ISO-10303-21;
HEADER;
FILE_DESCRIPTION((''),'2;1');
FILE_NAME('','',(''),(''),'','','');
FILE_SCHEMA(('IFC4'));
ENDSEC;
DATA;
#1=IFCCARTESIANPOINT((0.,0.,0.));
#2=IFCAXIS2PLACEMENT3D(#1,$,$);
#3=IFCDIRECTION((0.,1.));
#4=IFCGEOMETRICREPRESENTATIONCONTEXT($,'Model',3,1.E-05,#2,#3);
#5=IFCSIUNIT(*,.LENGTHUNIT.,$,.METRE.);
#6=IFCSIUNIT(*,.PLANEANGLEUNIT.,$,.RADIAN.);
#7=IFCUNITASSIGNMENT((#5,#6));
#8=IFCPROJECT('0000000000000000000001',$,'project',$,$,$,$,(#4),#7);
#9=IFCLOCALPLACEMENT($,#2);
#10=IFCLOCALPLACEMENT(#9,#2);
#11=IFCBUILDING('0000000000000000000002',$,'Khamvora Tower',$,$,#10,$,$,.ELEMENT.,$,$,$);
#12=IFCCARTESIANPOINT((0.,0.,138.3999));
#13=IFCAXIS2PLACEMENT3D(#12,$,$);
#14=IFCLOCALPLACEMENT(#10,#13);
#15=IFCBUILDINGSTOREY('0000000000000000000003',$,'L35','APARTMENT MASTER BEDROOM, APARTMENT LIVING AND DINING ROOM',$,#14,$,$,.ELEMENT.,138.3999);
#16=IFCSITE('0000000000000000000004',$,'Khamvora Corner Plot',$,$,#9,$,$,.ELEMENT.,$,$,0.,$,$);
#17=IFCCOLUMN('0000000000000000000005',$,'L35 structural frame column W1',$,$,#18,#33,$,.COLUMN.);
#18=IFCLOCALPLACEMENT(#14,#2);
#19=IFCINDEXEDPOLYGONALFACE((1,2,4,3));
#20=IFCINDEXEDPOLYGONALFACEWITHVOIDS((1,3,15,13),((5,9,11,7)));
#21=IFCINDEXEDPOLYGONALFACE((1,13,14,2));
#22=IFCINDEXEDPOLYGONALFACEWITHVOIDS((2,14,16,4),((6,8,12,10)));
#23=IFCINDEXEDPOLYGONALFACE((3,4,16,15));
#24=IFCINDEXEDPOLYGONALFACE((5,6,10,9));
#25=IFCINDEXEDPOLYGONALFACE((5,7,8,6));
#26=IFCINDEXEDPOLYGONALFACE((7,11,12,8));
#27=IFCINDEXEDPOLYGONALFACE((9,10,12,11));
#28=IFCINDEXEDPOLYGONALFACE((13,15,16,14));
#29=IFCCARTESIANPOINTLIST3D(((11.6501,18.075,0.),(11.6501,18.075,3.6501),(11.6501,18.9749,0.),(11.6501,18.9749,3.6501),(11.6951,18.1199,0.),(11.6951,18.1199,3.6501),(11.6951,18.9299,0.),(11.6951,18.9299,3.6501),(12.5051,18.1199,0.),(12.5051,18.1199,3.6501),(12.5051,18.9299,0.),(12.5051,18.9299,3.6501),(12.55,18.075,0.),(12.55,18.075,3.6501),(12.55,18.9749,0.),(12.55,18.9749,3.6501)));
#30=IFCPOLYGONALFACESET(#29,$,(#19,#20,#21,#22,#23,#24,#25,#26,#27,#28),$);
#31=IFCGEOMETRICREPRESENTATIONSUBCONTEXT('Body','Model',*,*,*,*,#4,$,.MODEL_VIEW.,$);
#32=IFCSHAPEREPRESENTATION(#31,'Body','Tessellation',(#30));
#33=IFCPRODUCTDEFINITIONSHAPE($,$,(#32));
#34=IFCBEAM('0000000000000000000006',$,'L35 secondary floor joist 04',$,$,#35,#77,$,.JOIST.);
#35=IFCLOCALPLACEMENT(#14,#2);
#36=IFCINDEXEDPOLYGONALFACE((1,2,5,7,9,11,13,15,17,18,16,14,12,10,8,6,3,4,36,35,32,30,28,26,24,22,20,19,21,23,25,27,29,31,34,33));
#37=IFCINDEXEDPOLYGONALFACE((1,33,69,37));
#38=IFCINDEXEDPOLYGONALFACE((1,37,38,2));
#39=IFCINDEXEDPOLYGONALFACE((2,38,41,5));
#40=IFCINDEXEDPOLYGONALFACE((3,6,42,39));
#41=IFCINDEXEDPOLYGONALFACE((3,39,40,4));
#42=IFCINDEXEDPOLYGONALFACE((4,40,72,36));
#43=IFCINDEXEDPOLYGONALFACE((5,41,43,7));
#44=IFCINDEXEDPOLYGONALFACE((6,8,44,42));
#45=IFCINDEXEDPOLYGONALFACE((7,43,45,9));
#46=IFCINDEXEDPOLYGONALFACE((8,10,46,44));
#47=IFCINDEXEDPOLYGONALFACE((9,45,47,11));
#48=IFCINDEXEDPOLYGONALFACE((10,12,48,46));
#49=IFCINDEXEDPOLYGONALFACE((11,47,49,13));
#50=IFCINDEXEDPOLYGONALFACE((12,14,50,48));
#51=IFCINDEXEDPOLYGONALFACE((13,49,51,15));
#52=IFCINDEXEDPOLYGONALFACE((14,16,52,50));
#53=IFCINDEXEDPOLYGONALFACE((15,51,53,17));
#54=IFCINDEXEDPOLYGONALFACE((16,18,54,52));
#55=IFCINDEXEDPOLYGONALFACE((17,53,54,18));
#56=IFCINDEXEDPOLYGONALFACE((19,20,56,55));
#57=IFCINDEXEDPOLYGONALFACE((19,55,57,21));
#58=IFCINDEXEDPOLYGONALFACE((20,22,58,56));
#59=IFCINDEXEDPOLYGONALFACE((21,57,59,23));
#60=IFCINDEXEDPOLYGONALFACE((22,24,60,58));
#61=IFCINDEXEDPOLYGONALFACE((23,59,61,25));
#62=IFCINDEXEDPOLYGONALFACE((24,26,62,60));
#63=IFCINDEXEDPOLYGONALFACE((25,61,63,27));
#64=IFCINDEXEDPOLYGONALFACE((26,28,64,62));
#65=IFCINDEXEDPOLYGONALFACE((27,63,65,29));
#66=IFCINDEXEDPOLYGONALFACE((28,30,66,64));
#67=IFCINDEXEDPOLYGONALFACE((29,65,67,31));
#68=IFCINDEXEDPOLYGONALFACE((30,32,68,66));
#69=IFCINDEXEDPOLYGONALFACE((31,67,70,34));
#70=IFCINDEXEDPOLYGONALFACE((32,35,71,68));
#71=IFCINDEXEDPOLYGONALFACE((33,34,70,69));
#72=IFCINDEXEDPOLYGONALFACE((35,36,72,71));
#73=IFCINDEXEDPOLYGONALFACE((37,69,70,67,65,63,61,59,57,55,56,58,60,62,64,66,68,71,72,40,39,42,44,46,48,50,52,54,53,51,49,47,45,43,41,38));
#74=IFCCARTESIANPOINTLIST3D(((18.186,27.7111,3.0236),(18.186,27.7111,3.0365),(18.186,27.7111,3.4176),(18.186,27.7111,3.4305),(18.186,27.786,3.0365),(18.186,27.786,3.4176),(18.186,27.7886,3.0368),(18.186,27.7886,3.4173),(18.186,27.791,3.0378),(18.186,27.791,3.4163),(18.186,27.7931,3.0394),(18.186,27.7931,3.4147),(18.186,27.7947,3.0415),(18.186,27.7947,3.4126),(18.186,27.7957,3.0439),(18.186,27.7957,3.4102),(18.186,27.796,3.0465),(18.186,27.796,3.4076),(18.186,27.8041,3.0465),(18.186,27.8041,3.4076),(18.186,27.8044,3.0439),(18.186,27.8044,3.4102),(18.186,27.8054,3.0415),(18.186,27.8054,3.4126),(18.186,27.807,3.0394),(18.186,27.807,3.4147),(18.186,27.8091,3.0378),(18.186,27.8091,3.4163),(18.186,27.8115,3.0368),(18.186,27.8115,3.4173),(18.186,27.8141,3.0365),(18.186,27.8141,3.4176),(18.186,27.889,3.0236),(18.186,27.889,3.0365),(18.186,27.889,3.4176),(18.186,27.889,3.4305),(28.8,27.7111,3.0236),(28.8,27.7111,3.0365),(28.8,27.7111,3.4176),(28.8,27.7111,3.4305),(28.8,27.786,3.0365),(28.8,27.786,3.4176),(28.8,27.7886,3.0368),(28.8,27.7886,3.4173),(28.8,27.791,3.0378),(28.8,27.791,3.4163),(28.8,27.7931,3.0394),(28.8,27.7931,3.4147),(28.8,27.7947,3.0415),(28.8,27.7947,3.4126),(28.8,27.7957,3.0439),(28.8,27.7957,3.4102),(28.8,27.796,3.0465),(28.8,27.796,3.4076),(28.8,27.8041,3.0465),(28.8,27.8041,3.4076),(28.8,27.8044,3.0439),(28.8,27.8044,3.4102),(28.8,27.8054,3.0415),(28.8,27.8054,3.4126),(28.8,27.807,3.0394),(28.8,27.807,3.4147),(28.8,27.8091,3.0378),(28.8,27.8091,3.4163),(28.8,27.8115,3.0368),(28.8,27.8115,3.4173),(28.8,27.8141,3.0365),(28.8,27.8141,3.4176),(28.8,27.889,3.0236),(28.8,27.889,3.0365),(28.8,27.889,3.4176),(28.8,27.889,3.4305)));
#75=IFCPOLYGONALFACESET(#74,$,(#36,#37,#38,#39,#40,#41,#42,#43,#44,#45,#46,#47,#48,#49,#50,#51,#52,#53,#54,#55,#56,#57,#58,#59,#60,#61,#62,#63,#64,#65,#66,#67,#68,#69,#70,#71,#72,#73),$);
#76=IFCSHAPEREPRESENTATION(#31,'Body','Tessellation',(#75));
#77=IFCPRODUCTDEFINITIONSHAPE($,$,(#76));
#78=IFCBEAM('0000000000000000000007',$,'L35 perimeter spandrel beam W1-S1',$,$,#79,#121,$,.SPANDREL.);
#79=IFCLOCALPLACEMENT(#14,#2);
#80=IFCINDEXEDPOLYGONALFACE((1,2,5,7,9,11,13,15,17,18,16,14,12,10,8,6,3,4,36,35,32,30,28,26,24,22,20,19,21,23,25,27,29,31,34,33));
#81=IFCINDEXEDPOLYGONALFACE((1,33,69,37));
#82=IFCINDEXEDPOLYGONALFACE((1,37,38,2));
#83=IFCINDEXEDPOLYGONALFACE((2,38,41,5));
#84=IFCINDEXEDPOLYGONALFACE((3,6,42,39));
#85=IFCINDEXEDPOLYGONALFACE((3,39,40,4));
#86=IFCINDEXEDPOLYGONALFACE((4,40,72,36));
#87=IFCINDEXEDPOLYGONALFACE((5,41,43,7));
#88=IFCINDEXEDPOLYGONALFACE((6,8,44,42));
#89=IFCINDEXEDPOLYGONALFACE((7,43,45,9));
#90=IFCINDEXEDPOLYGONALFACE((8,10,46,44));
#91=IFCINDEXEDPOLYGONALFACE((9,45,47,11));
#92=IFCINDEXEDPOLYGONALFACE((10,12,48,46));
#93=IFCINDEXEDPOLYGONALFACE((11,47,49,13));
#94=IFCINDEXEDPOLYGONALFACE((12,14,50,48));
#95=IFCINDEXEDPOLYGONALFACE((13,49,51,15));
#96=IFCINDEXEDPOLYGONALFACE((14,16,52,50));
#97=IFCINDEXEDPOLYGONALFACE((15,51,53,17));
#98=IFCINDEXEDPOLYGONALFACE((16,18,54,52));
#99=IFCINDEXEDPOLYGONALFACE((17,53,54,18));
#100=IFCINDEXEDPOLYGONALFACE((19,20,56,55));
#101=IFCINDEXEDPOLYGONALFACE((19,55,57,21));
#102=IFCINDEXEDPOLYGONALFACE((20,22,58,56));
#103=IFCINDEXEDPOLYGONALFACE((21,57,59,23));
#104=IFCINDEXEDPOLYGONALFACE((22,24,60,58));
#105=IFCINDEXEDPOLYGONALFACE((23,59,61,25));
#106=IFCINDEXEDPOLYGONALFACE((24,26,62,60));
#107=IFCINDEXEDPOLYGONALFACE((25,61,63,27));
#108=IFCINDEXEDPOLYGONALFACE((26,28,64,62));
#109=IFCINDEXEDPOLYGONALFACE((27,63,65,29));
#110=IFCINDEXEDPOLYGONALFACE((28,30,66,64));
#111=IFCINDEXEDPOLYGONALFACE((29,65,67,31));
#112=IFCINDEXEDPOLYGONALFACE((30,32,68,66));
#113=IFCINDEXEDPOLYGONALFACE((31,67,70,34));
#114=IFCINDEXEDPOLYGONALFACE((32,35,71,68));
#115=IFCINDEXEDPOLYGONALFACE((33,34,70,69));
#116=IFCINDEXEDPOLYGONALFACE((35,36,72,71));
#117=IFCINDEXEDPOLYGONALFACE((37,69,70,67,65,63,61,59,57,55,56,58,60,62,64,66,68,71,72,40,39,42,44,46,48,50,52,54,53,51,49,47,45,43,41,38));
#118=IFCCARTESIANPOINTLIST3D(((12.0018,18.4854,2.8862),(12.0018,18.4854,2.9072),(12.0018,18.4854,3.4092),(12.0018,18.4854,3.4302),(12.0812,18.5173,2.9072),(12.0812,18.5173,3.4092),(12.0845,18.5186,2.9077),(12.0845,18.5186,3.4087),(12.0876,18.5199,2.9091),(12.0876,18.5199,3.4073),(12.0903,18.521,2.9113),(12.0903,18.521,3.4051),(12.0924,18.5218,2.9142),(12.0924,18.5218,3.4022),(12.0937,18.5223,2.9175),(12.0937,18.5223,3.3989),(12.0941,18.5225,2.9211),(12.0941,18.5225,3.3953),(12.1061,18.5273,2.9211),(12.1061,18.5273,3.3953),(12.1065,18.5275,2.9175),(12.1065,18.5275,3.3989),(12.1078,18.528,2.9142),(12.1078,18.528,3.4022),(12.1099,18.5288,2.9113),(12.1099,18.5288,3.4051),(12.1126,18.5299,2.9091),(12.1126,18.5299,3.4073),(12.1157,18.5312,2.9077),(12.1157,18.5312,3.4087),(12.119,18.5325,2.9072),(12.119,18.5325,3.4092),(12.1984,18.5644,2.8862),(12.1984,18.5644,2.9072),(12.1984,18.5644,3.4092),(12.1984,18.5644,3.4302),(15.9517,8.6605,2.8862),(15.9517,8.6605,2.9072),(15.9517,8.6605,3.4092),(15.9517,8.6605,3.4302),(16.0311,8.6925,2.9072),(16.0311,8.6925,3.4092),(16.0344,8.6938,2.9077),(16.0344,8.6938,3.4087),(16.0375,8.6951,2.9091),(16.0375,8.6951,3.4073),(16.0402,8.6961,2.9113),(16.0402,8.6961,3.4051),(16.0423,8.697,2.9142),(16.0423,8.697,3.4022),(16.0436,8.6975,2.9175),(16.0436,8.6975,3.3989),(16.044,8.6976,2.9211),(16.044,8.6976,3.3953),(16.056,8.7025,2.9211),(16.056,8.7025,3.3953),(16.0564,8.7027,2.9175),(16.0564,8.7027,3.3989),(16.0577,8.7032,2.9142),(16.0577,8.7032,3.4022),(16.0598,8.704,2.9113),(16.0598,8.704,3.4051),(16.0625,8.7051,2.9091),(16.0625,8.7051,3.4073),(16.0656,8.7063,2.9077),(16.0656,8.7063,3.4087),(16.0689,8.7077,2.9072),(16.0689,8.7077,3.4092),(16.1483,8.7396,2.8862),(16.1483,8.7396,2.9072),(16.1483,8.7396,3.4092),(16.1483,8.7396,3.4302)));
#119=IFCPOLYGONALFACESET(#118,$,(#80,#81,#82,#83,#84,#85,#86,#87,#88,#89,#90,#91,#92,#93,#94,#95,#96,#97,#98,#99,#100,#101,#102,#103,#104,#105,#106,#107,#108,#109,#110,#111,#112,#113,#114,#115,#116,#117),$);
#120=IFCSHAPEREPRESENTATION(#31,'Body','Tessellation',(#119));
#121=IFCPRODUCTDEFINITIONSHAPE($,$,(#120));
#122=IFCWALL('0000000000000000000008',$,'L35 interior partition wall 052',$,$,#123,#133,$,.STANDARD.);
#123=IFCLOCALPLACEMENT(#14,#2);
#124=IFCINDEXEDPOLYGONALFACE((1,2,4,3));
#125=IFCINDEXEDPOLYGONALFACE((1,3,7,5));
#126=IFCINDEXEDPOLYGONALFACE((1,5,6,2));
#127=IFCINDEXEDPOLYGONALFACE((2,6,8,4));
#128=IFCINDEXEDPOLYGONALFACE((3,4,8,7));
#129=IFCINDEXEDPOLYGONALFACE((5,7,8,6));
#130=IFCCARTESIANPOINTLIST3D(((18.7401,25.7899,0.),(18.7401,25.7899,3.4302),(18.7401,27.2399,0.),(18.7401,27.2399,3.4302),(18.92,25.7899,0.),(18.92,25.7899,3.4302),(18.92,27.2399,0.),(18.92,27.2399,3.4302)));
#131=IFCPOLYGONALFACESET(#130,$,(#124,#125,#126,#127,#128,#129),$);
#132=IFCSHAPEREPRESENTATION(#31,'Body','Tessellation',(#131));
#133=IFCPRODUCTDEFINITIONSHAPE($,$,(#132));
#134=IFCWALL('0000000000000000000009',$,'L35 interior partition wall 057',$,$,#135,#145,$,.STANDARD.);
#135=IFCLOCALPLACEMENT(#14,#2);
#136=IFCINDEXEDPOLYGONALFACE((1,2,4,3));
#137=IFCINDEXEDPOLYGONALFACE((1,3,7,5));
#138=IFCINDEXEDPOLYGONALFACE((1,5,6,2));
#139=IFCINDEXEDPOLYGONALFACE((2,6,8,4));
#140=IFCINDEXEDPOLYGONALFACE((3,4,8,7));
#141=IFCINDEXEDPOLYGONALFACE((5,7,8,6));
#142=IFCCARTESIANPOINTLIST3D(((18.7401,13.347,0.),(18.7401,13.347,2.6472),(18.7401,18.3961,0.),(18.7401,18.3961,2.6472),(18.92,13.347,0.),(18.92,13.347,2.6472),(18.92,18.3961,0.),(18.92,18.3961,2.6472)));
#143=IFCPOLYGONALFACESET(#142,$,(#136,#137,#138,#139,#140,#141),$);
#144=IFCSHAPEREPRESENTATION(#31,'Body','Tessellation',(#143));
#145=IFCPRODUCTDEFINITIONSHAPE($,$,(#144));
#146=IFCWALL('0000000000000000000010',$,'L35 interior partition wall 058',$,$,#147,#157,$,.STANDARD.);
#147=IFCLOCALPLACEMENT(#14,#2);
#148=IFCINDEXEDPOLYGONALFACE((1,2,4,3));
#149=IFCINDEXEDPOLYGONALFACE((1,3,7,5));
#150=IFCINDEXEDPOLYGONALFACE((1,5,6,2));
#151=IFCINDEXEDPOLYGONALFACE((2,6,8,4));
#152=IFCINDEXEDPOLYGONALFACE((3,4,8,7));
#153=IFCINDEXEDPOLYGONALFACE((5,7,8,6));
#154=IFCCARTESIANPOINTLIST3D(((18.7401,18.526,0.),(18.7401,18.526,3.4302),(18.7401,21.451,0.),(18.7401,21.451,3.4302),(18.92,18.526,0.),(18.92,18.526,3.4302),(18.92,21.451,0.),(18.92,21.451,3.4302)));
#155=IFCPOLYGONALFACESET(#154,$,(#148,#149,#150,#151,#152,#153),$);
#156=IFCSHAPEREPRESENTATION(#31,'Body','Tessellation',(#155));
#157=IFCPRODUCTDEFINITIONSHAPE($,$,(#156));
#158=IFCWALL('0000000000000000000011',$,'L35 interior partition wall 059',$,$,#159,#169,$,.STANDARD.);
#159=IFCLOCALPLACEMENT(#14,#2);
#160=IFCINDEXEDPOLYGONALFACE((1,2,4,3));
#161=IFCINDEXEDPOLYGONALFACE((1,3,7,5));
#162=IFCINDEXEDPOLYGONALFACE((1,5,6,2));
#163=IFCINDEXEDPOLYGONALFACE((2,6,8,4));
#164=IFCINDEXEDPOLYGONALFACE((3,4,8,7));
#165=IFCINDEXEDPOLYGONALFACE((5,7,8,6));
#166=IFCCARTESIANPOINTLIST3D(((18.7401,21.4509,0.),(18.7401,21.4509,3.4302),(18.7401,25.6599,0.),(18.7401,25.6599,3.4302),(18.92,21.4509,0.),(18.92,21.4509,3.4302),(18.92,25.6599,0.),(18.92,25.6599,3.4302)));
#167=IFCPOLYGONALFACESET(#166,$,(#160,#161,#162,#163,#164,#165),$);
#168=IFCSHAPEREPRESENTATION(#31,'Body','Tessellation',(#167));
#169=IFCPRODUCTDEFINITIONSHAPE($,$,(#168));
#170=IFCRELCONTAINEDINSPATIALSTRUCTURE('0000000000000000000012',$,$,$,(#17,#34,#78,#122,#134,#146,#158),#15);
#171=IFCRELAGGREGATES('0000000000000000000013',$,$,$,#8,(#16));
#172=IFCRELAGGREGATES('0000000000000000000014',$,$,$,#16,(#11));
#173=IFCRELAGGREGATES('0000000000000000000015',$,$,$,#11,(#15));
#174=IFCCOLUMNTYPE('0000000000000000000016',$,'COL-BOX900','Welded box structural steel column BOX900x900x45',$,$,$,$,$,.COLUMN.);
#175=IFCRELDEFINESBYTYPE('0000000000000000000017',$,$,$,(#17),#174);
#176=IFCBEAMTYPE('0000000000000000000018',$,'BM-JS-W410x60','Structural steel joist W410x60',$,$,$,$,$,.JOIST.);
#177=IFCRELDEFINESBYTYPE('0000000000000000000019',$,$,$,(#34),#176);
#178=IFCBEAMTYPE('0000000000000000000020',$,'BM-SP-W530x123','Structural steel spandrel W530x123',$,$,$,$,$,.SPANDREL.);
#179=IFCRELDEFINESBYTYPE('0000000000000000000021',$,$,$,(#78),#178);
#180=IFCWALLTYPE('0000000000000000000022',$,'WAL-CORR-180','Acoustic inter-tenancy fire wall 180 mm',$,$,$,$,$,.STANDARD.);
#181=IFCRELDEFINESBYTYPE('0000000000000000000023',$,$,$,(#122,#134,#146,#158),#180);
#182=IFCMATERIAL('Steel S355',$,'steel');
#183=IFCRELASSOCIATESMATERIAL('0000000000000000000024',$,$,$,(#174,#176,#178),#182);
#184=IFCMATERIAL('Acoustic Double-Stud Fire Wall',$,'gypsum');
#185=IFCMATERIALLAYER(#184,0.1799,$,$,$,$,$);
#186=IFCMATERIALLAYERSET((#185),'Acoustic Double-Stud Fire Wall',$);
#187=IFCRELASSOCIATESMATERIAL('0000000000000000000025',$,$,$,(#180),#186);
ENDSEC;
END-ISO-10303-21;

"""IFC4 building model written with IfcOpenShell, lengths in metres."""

from ifc_helpers import new_model, si_unit, direction, frame, frame_2d, origin, origin_2d, place, context, subcontext, project, spatial, rectangle, hollow_rectangle, i_section, extrude, material, layer, layer_set, material_profile, profile_set, type_object, element, save


model = new_model("IFC4")

# Units and contexts
model_context = context("Model", 3, precision=1e-05, world=origin(), true_north=direction((0.0, 1.0)))
body_context = subcontext(model_context, "Body", "Model", "MODEL_VIEW")
ifc_project = project(units=[si_unit("LENGTHUNIT", "METRE"), si_unit("PLANEANGLEUNIT", "RADIAN")], contexts=[model_context])

# Site, building, storey
site_placement = place(None, origin())
site = spatial("IfcSite", under=ifc_project, at=site_placement, Name="Khamvora Corner Plot", CompositionType="ELEMENT", RefElevation=0.0)
building_placement = place(site_placement, origin())
building = spatial("IfcBuilding", under=site, at=building_placement, Name="Khamvora Tower", CompositionType="ELEMENT")
storey_placement = place(building_placement, frame((0.0, 0.0, 138.3999)))
storey = spatial("IfcBuildingStorey", under=building, at=storey_placement, Name="L35", Description="APARTMENT MASTER BEDROOM, APARTMENT LIVING AND DINING ROOM", CompositionType="ELEMENT", Elevation=138.3999)

# Column
ifc_material_1 = material(Name="Steel S355", Category="steel")
ifc_material_profile_1 = material_profile(ifc_material_1, hollow_rectangle(XDim=0.8999, YDim=0.8999, WallThickness=0.0449, at=origin_2d()), Name="BOX900x900x45")
ifc_profile_set_1 = profile_set([ifc_material_profile_1], Name="Steel S355")
column_type = type_object("IfcColumnType", Name="COL-BOX900", Description="Welded box structural steel column BOX900x900x45", PredefinedType="COLUMN", material=ifc_profile_set_1)
column_placement = place(storey_placement, frame((12.1001, 18.5249, 0.0), z_axis=(0.0, 0.0, 1.0), x_axis=(1.0, 0.0, 0.0)))
element("IfcColumn", 1, at=column_placement, inside=storey, type_object=column_type, Name="L35 structural frame column W1", PredefinedType="COLUMN", context=body_context, shape_type="SweptSolid", body=[
    extrude(hollow_rectangle(XDim=0.8999, YDim=0.8999, WallThickness=0.0449, at=origin_2d()), origin(), (0.0, 0.0, 1.0), 3.6501),
])

# Beams
ifc_material_profile_2 = material_profile(ifc_material_1, i_section(OverallWidth=0.178, OverallDepth=0.407, WebThickness=0.0081, FlangeThickness=0.0129, FilletRadius=0.01, at=origin_2d()), Name="W410x60")
ifc_profile_set_2 = profile_set([ifc_material_profile_2], Name="Steel S355")
beam_type_1 = type_object("IfcBeamType", Name="BM-JS-W410x60", Description="Structural steel joist W410x60", PredefinedType="JOIST", material=ifc_profile_set_2)
beam_1_placement = place(storey_placement, frame((18.186, 27.8, 3.2271), z_axis=(1.0, 0.0, 0.0), x_axis=(0.0, 1.0, 0.0)))
element("IfcBeam", 2, at=beam_1_placement, inside=storey, type_object=beam_type_1, Name="L35 secondary floor joist 04", PredefinedType="JOIST", context=body_context, shape_type="SweptSolid", body=[
    extrude(i_section(OverallWidth=0.178, OverallDepth=0.407, WebThickness=0.0081, FlangeThickness=0.0129, FilletRadius=0.01, at=origin_2d()), origin(), (0.0, 0.0, 1.0), 10.614),
])
ifc_material_profile_3 = material_profile(ifc_material_1, i_section(OverallWidth=0.2119, OverallDepth=0.5439, WebThickness=0.0129, FlangeThickness=0.021, FilletRadius=0.0139, at=origin_2d()), Name="W530x123")
ifc_profile_set_3 = profile_set([ifc_material_profile_3], Name="Steel S355")
beam_type_2 = type_object("IfcBeamType", Name="BM-SP-W530x123", Description="Structural steel spandrel W530x123", PredefinedType="SPANDREL", material=ifc_profile_set_3)
beam_2_placement = place(storey_placement, frame((12.1001, 18.5249, 3.1582), z_axis=(0.373016, -0.927825, 0.0), x_axis=(0.927825, 0.373016, 0.0)))
element("IfcBeam", 3, at=beam_2_placement, inside=storey, type_object=beam_type_2, Name="L35 perimeter spandrel beam W1-S1", PredefinedType="SPANDREL", context=body_context, shape_type="SweptSolid", body=[
    extrude(i_section(OverallWidth=0.2119, OverallDepth=0.5439, WebThickness=0.0129, FlangeThickness=0.021, FilletRadius=0.0139, at=origin_2d()), origin(), (0.0, 0.0, 1.0), 10.5891),
])

# Walls
ifc_material_2 = material(Name="Acoustic Double-Stud Fire Wall", Category="gypsum")
ifc_layer_1 = layer(ifc_material_2, 0.1799)
ifc_layer_set_1 = layer_set([ifc_layer_1], Name="Acoustic Double-Stud Fire Wall")
wall_type_1 = type_object("IfcWallType", Name="WAL-CORR-180", Description="Acoustic inter-tenancy fire wall 180 mm", PredefinedType="STANDARD", material=ifc_layer_set_1)
wall_1_placement = place(storey_placement, frame((18.8301, 27.24, 0.0), z_axis=(0.0, 0.0, 1.0), x_axis=(0.0, -1.0, 0.0)))
element("IfcWall", 4, at=wall_1_placement, inside=storey, type_object=wall_type_1, Name="L35 interior partition wall 052", PredefinedType="STANDARD", context=body_context, shape_type="SweptSolid", body=[
    extrude(rectangle(XDim=1.45, YDim=0.1799, at=frame_2d((0.7251, 0.0))), origin(), (0.0, 0.0, 1.0), 3.4302),
])
wall_2_placement = place(storey_placement, frame((18.8301, 18.396, 0.0), z_axis=(0.0, 0.0, 1.0), x_axis=(0.0, -1.0, 0.0)))
element("IfcWall", 5, at=wall_2_placement, inside=storey, type_object=wall_type_1, Name="L35 interior partition wall 057", PredefinedType="STANDARD", context=body_context, shape_type="SweptSolid", body=[
    extrude(rectangle(XDim=5.0491, YDim=0.1799, at=frame_2d((2.5244, 0.0))), origin(), (0.0, 0.0, 1.0), 2.6472),
])
wall_3_placement = place(storey_placement, frame((18.8301, 21.4509, 0.0), z_axis=(0.0, 0.0, 1.0), x_axis=(0.0, -1.0, 0.0)))
element("IfcWall", 6, at=wall_3_placement, inside=storey, type_object=wall_type_1, Name="L35 interior partition wall 058", PredefinedType="STANDARD", context=body_context, shape_type="SweptSolid", body=[
    extrude(rectangle(XDim=2.925, YDim=0.1799, at=frame_2d((1.4624, 0.0))), origin(), (0.0, 0.0, 1.0), 3.4302),
])
wall_4_placement = place(storey_placement, frame((18.8301, 25.6599, 0.0), z_axis=(0.0, 0.0, 1.0), x_axis=(0.0, -1.0, 0.0)))
element("IfcWall", 7, at=wall_4_placement, inside=storey, type_object=wall_type_1, Name="L35 interior partition wall 059", PredefinedType="STANDARD", context=body_context, shape_type="SweptSolid", body=[
    extrude(rectangle(XDim=4.209, YDim=0.1799, at=frame_2d((2.1045, 0.0))), origin(), (0.0, 0.0, 1.0), 3.4302),
])

save(model, "model.ifc")
